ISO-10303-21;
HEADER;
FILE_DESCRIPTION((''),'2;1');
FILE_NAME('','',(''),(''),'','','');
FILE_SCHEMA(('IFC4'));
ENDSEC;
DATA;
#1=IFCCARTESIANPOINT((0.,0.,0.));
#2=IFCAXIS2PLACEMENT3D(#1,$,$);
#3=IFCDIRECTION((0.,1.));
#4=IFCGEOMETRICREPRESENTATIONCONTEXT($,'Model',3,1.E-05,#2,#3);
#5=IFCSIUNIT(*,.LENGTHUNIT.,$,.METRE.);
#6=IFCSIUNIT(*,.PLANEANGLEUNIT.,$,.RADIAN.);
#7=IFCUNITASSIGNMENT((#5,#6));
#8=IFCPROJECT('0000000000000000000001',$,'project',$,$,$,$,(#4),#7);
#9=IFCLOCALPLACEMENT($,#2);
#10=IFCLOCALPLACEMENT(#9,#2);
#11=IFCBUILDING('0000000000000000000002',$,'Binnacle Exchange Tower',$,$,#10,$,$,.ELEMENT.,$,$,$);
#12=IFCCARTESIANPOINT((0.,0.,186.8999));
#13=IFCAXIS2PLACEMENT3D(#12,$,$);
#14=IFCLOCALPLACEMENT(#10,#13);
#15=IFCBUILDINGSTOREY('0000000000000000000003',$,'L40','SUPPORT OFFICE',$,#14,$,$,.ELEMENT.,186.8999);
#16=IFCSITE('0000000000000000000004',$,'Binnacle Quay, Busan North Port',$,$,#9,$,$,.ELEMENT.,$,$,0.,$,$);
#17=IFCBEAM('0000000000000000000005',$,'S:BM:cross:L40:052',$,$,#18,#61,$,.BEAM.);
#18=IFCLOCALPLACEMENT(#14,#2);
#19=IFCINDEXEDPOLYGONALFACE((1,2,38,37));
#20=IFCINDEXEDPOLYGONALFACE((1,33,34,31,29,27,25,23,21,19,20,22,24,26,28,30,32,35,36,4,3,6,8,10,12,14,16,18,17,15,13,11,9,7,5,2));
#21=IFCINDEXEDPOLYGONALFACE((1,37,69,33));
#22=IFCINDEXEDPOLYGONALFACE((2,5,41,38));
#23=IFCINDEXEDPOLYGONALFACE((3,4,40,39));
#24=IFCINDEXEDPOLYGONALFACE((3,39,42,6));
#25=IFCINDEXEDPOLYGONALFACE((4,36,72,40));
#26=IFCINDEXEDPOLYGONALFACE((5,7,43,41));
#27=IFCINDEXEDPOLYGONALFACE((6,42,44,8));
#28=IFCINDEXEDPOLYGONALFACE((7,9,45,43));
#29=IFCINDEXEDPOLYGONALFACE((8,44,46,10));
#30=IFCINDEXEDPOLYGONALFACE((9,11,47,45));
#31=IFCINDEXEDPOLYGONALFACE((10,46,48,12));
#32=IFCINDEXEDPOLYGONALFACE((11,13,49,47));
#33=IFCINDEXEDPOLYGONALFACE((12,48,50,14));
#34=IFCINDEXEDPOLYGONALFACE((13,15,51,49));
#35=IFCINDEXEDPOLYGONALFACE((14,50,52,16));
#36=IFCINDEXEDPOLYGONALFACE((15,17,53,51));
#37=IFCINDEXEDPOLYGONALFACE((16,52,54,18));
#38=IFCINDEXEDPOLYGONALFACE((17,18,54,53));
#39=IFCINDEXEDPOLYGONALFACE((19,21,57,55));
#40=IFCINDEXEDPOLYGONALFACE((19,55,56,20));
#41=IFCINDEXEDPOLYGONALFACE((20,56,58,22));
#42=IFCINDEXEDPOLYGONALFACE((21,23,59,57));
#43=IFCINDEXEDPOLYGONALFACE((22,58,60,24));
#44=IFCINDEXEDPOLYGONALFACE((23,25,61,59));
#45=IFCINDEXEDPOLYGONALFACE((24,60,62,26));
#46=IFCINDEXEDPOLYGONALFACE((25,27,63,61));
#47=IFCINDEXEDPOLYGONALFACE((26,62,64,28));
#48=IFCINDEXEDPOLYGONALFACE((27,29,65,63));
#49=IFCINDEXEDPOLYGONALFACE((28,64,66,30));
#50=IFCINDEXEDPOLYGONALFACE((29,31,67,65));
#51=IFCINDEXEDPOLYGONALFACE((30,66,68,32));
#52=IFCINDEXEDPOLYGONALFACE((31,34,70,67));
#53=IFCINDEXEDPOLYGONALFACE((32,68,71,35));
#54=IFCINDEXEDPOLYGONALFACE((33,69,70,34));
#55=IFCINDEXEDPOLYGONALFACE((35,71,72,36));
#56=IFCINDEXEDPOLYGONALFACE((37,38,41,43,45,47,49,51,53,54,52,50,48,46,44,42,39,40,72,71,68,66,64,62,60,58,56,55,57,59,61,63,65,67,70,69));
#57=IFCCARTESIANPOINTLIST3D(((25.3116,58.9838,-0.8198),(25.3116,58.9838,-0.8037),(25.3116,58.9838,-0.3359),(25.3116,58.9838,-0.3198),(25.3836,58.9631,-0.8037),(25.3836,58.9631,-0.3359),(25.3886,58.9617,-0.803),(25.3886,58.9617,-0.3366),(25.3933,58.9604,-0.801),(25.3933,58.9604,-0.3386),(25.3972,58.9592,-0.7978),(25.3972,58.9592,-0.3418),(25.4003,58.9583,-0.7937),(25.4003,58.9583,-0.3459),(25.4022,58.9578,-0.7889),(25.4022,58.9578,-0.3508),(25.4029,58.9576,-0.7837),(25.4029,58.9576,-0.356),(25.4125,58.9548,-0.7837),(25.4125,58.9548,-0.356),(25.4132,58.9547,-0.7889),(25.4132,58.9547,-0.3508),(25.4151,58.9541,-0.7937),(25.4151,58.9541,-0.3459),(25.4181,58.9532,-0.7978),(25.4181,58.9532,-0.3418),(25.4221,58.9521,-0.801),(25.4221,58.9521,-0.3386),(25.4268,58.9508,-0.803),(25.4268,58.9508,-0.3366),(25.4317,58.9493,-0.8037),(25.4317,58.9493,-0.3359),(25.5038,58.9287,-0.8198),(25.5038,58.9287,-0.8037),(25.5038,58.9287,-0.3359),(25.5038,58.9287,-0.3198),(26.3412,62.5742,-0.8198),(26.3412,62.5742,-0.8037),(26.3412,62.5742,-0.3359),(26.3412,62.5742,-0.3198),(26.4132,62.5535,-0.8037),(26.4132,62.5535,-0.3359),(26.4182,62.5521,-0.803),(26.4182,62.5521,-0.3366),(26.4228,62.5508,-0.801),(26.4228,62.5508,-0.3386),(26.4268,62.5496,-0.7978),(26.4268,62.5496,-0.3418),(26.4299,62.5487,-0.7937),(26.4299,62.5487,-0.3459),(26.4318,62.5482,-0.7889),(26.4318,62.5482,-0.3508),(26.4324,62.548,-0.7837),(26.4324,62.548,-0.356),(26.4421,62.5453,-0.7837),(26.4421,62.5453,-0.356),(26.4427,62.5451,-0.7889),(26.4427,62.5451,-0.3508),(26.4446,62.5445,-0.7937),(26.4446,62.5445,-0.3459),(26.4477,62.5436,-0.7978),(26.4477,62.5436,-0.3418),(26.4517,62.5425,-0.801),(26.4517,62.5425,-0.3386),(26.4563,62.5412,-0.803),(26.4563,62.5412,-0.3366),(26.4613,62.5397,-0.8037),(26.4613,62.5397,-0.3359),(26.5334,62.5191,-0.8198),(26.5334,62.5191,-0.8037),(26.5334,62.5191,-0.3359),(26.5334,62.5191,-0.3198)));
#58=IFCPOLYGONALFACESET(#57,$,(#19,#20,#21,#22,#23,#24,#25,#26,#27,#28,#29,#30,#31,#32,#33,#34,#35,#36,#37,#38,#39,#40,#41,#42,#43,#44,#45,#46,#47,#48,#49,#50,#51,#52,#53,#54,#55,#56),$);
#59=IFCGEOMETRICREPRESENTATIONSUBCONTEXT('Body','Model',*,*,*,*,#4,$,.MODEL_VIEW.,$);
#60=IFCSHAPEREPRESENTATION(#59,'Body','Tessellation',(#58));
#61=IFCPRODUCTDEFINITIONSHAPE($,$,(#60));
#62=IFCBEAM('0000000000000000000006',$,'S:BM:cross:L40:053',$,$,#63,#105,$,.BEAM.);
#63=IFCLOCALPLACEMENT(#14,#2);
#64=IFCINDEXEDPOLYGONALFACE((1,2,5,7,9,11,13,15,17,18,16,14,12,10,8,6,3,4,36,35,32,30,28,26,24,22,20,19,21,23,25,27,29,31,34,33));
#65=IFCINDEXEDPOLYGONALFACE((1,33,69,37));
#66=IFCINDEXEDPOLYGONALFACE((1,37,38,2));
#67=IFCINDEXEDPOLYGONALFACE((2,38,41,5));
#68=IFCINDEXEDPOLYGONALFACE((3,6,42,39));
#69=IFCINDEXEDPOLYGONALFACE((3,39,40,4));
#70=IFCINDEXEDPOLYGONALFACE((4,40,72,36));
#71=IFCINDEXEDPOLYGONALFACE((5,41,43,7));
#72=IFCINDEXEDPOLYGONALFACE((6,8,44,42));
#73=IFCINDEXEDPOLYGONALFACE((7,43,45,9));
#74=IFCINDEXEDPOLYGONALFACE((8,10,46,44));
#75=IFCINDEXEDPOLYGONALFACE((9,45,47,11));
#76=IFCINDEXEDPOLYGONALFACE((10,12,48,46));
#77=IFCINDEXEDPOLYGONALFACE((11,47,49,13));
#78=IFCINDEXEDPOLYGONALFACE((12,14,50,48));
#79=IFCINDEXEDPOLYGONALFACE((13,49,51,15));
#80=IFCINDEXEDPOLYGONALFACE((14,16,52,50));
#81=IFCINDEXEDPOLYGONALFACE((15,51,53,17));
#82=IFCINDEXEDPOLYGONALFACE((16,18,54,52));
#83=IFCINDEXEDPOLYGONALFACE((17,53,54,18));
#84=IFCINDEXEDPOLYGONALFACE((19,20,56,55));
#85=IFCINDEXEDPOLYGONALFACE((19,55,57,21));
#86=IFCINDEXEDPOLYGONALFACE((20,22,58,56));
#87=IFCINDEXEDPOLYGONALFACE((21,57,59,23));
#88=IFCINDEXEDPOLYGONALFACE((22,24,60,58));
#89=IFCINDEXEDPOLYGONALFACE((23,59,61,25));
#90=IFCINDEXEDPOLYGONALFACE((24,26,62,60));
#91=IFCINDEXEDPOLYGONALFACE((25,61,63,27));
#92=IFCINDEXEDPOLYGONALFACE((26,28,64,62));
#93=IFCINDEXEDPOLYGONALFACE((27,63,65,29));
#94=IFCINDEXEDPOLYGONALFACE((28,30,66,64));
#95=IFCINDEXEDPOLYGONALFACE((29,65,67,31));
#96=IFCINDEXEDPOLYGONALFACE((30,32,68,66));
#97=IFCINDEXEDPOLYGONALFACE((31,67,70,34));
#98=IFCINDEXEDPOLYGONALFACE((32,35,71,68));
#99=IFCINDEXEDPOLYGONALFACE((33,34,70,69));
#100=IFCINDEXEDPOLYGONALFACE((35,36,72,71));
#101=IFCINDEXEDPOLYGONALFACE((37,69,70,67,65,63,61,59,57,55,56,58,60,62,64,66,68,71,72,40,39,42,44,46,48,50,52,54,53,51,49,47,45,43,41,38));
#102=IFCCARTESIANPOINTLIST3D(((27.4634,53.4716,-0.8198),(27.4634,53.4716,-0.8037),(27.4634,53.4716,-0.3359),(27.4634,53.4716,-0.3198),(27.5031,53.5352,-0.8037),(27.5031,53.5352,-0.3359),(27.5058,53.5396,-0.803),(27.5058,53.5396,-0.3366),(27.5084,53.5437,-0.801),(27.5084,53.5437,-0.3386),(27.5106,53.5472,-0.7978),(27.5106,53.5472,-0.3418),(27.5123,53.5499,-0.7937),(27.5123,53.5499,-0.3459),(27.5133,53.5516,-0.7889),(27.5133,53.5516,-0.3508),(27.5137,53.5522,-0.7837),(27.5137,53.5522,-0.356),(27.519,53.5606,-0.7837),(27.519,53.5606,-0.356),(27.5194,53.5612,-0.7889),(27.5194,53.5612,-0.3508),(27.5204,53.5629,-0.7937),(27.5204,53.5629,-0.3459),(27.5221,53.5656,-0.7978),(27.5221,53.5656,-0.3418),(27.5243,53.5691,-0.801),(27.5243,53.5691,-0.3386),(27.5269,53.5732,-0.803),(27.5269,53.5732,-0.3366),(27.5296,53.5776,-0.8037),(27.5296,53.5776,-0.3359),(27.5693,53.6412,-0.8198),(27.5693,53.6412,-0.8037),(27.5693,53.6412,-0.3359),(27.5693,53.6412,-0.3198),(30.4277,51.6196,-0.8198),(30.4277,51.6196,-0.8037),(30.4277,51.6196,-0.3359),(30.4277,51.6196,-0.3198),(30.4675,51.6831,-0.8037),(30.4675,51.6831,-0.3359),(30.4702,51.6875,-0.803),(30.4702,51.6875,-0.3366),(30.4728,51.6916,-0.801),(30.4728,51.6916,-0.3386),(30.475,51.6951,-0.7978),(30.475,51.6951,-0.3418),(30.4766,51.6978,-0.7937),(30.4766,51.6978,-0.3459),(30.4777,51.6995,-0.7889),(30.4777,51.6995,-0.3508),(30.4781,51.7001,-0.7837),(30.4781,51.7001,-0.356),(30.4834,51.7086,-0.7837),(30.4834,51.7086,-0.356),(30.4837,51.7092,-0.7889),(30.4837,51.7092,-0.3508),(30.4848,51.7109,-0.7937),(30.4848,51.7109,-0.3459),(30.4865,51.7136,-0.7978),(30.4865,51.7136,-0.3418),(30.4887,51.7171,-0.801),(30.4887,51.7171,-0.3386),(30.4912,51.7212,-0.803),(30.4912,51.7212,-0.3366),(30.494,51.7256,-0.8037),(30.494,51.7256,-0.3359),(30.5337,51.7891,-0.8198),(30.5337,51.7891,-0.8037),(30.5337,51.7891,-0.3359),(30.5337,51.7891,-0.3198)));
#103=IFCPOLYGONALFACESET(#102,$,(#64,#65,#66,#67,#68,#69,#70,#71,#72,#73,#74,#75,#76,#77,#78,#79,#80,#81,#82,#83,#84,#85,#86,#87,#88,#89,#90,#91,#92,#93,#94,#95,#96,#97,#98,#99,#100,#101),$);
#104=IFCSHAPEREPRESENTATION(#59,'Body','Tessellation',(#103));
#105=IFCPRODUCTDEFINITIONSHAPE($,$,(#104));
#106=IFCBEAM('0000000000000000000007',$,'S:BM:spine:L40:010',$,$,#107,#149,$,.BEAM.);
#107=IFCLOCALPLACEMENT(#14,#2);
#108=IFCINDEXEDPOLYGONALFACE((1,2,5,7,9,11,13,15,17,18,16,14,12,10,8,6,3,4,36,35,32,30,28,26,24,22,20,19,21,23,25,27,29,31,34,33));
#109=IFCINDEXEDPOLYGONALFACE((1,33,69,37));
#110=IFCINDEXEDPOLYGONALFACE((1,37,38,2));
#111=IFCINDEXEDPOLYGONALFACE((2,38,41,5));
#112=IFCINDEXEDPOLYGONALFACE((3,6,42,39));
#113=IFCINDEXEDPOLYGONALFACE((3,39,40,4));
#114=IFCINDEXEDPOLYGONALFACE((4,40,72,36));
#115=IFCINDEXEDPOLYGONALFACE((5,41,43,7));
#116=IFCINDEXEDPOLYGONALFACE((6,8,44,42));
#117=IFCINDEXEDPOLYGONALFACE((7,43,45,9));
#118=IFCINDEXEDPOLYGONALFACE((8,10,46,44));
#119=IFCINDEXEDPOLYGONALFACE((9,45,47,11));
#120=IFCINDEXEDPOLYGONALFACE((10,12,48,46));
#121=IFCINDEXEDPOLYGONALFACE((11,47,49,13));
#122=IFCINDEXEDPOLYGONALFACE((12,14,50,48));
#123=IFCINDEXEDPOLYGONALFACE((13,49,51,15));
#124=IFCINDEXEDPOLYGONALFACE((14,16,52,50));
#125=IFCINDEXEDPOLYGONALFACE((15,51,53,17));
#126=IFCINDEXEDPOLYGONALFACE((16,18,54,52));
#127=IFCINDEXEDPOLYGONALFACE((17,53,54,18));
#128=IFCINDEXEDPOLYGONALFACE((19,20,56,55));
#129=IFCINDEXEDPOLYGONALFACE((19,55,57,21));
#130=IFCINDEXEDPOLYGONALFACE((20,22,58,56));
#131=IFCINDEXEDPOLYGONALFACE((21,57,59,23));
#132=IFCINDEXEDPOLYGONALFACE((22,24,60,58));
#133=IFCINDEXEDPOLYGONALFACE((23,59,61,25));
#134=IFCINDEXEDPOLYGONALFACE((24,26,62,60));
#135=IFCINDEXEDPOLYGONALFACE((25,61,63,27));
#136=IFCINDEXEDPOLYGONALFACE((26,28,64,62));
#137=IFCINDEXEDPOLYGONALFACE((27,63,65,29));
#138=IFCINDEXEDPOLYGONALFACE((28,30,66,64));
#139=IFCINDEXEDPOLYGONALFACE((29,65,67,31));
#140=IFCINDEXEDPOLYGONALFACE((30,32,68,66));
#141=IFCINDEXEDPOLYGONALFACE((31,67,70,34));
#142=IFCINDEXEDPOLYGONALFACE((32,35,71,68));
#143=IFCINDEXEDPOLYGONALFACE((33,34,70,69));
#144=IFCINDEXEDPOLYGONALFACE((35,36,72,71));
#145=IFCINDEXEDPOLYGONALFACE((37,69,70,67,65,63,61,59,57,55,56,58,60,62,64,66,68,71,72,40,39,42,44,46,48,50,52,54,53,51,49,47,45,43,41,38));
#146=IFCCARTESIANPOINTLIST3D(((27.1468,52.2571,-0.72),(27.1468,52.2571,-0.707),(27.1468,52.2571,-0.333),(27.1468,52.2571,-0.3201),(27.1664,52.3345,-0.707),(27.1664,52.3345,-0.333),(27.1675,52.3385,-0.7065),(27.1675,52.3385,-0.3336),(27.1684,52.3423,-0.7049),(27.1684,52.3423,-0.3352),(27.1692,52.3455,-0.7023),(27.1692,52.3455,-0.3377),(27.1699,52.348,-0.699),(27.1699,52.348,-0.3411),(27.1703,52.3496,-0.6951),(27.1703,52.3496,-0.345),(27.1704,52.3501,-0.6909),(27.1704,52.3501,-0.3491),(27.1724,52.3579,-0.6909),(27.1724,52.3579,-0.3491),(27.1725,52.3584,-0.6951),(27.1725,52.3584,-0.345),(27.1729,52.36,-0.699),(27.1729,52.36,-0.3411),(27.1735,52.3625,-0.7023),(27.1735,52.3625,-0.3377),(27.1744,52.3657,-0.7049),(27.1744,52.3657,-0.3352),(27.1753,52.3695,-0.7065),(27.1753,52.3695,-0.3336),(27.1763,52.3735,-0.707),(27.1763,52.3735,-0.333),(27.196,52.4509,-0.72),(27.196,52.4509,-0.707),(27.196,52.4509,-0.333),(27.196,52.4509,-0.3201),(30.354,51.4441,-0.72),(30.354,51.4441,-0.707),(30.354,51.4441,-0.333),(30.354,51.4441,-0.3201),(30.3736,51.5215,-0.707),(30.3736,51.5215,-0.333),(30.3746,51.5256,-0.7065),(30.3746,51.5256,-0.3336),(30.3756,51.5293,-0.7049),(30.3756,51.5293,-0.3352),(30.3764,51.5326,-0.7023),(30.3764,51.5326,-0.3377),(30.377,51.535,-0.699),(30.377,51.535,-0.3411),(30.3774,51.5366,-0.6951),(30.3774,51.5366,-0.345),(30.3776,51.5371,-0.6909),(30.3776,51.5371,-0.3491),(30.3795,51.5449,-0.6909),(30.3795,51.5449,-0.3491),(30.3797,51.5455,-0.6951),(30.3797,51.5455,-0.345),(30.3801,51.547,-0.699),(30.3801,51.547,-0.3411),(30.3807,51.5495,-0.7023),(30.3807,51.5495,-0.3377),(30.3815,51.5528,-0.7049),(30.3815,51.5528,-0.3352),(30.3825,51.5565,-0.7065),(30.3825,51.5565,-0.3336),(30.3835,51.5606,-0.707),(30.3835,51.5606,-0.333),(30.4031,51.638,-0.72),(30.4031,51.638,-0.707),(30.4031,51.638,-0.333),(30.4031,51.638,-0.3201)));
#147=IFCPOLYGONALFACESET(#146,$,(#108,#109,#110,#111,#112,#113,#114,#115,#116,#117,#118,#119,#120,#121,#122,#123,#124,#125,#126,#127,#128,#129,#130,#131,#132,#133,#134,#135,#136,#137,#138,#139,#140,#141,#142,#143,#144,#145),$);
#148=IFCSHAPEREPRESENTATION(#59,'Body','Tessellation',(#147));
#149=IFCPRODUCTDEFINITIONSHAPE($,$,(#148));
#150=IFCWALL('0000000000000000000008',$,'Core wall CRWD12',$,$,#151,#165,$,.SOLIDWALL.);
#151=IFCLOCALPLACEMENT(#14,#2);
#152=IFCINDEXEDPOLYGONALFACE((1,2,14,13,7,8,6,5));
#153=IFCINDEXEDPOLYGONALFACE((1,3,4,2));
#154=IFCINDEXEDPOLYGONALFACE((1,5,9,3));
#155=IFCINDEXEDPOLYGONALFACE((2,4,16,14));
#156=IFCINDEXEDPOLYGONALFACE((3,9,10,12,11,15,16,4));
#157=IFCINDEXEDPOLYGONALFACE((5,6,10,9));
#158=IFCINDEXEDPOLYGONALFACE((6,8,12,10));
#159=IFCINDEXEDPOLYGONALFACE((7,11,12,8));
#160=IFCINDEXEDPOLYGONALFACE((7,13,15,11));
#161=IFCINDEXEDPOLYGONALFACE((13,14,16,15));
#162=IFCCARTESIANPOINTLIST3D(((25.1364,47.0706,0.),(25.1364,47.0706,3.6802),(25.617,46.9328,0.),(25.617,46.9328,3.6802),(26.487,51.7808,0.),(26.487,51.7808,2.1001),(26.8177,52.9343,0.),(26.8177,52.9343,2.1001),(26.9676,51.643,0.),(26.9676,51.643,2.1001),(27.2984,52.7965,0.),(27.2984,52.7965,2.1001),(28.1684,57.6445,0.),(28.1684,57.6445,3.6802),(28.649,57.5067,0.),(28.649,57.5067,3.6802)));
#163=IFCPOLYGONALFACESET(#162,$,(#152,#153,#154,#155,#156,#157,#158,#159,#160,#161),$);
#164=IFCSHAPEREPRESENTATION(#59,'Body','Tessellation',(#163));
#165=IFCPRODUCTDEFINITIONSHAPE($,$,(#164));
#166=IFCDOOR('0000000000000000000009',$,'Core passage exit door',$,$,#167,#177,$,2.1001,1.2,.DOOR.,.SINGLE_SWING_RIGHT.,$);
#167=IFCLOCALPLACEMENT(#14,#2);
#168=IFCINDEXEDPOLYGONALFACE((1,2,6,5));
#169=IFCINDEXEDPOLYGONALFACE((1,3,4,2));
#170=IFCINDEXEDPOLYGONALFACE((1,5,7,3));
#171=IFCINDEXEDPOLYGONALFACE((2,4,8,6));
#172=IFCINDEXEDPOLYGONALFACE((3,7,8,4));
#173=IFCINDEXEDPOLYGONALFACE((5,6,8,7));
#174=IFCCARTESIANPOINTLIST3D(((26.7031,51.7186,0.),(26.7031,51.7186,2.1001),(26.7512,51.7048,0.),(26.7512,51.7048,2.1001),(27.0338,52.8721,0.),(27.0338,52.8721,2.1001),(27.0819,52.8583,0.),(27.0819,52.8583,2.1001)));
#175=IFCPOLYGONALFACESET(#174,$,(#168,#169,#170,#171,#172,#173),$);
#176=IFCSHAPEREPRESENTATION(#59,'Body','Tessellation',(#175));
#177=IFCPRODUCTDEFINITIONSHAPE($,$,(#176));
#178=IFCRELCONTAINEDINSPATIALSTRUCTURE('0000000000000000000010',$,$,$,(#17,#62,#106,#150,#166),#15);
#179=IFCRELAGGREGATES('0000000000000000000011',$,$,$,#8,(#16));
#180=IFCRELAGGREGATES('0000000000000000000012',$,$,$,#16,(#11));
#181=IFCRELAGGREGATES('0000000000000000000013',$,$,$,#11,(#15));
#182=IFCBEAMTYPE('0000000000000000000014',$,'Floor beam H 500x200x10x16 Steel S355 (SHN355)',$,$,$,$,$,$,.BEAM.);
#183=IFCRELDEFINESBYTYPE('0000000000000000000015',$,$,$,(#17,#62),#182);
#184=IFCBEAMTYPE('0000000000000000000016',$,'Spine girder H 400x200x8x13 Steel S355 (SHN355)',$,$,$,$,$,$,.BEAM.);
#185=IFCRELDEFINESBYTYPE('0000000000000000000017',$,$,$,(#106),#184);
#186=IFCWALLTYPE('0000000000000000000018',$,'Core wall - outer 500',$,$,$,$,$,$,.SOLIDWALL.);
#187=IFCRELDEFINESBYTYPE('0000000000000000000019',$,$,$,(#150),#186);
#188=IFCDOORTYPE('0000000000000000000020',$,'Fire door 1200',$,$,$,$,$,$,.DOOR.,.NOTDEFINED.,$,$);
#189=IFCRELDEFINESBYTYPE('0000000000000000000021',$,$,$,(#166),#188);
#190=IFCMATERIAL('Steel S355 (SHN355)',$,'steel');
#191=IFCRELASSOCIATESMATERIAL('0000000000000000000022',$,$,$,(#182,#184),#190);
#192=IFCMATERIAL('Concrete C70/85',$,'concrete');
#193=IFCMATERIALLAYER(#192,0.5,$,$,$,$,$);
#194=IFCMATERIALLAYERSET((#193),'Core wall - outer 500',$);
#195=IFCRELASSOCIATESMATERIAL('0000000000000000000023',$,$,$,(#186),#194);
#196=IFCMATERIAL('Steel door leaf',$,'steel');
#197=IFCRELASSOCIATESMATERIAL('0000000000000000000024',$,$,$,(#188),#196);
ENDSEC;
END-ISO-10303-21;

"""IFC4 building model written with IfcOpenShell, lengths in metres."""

from ifc_helpers import new_model, si_unit, direction, frame, frame_2d, origin, origin_2d, place, context, subcontext, project, spatial, rectangle, i_section, extrude, material, layer, layer_set, material_profile, profile_set, type_object, element, fill, save


model = new_model("IFC4")

# Units and contexts
model_context = context("Model", 3, precision=1e-05, world=origin(), true_north=direction((0.0, 1.0)))
body_context = subcontext(model_context, "Body", "Model", "MODEL_VIEW")
ifc_project = project(units=[si_unit("LENGTHUNIT", "METRE"), si_unit("PLANEANGLEUNIT", "RADIAN")], contexts=[model_context])

# Site, building, storey
site_placement = place(None, origin())
site = spatial("IfcSite", under=ifc_project, at=site_placement, Name="Binnacle Quay, Busan North Port", CompositionType="ELEMENT", RefElevation=0.0)
building_placement = place(site_placement, origin())
building = spatial("IfcBuilding", under=site, at=building_placement, Name="Binnacle Exchange Tower", CompositionType="ELEMENT")
storey_placement = place(building_placement, frame((0.0, 0.0, 186.8999)))
storey = spatial("IfcBuildingStorey", under=building, at=storey_placement, Name="L40", Description="SUPPORT OFFICE", CompositionType="ELEMENT", Elevation=186.8999)

# Shared definitions
ifc_material_1 = material(Name="Concrete C70/85", Category="concrete")

# Beams
ifc_material_2 = material(Name="Steel S355 (SHN355)", Category="steel")
ifc_material_profile_1 = material_profile(ifc_material_2, i_section(OverallWidth=0.2, OverallDepth=0.5, WebThickness=0.01, FlangeThickness=0.0161, FilletRadius=0.02, at=origin_2d()), Name="H 500x200x10x16")
ifc_profile_set_1 = profile_set([ifc_material_profile_1], Name="Steel S355 (SHN355)")
beam_type_1 = type_object("IfcBeamType", Name="Floor beam H 500x200x10x16 Steel S355 (SHN355)", PredefinedType="BEAM", material=ifc_profile_set_1)
beam_1_placement = place(storey_placement, frame((26.4373, 62.5466, -0.5698), z_axis=(-0.275645, -0.96126, 0.0), x_axis=(0.96126, -0.275645, 0.0)))
element("IfcBeam", 1, at=beam_1_placement, inside=storey, type_object=beam_type_1, Name="S:BM:cross:L40:052", PredefinedType="BEAM", context=body_context, shape_type="SweptSolid", body=[
    extrude(i_section(OverallWidth=0.2, OverallDepth=0.5, WebThickness=0.01, FlangeThickness=0.0161, FilletRadius=0.02, at=origin_2d()), origin(), (0.0, 0.0, 1.0), 3.7351),
])
beam_2_placement = place(storey_placement, frame((30.4807, 51.7043, -0.5698), z_axis=(-0.848085, 0.529861, 0.0), x_axis=(-0.529861, -0.848085, 0.0)))
element("IfcBeam", 2, at=beam_2_placement, inside=storey, type_object=beam_type_1, Name="S:BM:cross:L40:053", PredefinedType="BEAM", context=body_context, shape_type="SweptSolid", body=[
    extrude(i_section(OverallWidth=0.2, OverallDepth=0.5, WebThickness=0.01, FlangeThickness=0.0161, FilletRadius=0.02, at=origin_2d()), origin(), (0.0, 0.0, 1.0), 3.4954),
])
ifc_material_profile_2 = material_profile(ifc_material_2, i_section(OverallWidth=0.2, OverallDepth=0.3999, WebThickness=0.0081, FlangeThickness=0.0129, FilletRadius=0.0161, at=origin_2d()), Name="H 400x200x8x13")
ifc_profile_set_2 = profile_set([ifc_material_profile_2], Name="Steel S355 (SHN355)")
beam_type_2 = type_object("IfcBeamType", Name="Spine girder H 400x200x8x13 Steel S355 (SHN355)", PredefinedType="BEAM", material=ifc_profile_set_2)
beam_3_placement = place(storey_placement, frame((27.1714, 52.354, -0.52), z_axis=(0.969343, -0.245712, 0.0), x_axis=(0.245712, 0.969343, 0.0)))
element("IfcBeam", 3, at=beam_3_placement, inside=storey, type_object=beam_type_2, Name="S:BM:spine:L40:010", PredefinedType="BEAM", context=body_context, shape_type="SweptSolid", body=[
    extrude(i_section(OverallWidth=0.2, OverallDepth=0.3999, WebThickness=0.0081, FlangeThickness=0.0129, FilletRadius=0.0161, at=origin_2d()), origin(), (0.0, 0.0, 1.0), 3.3086),
])

# Wall, opening, door
ifc_layer_1 = layer(ifc_material_1, 0.5)
ifc_layer_set_1 = layer_set([ifc_layer_1], Name="Core wall - outer 500")
wall_type_1 = type_object("IfcWallType", Name="Core wall - outer 500", PredefinedType="SOLIDWALL", material=ifc_layer_set_1)
wall_1_placement = place(storey_placement, frame((25.3767, 47.0017, 0.0), z_axis=(0.0, 0.0, 1.0), x_axis=(0.275633, 0.961263, 0.0)))
wall_1 = element("IfcWall", 4, at=wall_1_placement, inside=storey, type_object=wall_type_1, Name="Core wall CRWD12", PredefinedType="SOLIDWALL", context=body_context, shape_type="SweptSolid", body=[
    extrude(rectangle(XDim=11.0, YDim=0.5, at=frame_2d((5.5, 0.0))), origin(), (0.0, 0.0, 1.0), 3.6802),
])
opening_1_placement = place(wall_1_placement, frame((4.8999, 0.0, 0.0)))
opening_1 = element("IfcOpeningElement", 5, at=opening_1_placement, cuts=wall_1, PredefinedType="OPENING", context=body_context, shape_type="SweptSolid", body=[
    extrude(rectangle(XDim=1.2, YDim=2.1001, at=frame_2d((0.6001, 1.05))), frame((0.0, 0.26, 0.0), z_axis=(0.0, -1.0, 0.0), x_axis=(1.0, 0.0, 0.0)), (0.0, 0.0, 1.0), 0.52),
])
ifc_material_3 = material(Name="Steel door leaf", Category="steel")
door_type_1 = type_object("IfcDoorType", Name="Fire door 1200", OperationType="NOTDEFINED", PredefinedType="DOOR", material=ifc_material_3)
door_1_placement = place(opening_1_placement, frame((1.2, 0.0, 0.0), z_axis=(0.0, 0.0, 1.0), x_axis=(-1.0, 0.0, 0.0)))
door_1 = element("IfcDoor", 6, at=door_1_placement, inside=storey, type_object=door_type_1, Name="Core passage exit door", OperationType="SINGLE_SWING_RIGHT", OverallHeight=2.1001, OverallWidth=1.2, PredefinedType="DOOR", context=body_context, shape_type="SweptSolid", body=[
    extrude(rectangle(XDim=1.2, YDim=2.1001, at=frame_2d((0.6001, 1.05))), frame((0.0, 0.0249, 0.0), z_axis=(0.0, -1.0, 0.0), x_axis=(1.0, 0.0, 0.0)), (0.0, 0.0, 1.0), 0.05),
])
fill(opening_1, door_1)

save(model, "model.ifc")
